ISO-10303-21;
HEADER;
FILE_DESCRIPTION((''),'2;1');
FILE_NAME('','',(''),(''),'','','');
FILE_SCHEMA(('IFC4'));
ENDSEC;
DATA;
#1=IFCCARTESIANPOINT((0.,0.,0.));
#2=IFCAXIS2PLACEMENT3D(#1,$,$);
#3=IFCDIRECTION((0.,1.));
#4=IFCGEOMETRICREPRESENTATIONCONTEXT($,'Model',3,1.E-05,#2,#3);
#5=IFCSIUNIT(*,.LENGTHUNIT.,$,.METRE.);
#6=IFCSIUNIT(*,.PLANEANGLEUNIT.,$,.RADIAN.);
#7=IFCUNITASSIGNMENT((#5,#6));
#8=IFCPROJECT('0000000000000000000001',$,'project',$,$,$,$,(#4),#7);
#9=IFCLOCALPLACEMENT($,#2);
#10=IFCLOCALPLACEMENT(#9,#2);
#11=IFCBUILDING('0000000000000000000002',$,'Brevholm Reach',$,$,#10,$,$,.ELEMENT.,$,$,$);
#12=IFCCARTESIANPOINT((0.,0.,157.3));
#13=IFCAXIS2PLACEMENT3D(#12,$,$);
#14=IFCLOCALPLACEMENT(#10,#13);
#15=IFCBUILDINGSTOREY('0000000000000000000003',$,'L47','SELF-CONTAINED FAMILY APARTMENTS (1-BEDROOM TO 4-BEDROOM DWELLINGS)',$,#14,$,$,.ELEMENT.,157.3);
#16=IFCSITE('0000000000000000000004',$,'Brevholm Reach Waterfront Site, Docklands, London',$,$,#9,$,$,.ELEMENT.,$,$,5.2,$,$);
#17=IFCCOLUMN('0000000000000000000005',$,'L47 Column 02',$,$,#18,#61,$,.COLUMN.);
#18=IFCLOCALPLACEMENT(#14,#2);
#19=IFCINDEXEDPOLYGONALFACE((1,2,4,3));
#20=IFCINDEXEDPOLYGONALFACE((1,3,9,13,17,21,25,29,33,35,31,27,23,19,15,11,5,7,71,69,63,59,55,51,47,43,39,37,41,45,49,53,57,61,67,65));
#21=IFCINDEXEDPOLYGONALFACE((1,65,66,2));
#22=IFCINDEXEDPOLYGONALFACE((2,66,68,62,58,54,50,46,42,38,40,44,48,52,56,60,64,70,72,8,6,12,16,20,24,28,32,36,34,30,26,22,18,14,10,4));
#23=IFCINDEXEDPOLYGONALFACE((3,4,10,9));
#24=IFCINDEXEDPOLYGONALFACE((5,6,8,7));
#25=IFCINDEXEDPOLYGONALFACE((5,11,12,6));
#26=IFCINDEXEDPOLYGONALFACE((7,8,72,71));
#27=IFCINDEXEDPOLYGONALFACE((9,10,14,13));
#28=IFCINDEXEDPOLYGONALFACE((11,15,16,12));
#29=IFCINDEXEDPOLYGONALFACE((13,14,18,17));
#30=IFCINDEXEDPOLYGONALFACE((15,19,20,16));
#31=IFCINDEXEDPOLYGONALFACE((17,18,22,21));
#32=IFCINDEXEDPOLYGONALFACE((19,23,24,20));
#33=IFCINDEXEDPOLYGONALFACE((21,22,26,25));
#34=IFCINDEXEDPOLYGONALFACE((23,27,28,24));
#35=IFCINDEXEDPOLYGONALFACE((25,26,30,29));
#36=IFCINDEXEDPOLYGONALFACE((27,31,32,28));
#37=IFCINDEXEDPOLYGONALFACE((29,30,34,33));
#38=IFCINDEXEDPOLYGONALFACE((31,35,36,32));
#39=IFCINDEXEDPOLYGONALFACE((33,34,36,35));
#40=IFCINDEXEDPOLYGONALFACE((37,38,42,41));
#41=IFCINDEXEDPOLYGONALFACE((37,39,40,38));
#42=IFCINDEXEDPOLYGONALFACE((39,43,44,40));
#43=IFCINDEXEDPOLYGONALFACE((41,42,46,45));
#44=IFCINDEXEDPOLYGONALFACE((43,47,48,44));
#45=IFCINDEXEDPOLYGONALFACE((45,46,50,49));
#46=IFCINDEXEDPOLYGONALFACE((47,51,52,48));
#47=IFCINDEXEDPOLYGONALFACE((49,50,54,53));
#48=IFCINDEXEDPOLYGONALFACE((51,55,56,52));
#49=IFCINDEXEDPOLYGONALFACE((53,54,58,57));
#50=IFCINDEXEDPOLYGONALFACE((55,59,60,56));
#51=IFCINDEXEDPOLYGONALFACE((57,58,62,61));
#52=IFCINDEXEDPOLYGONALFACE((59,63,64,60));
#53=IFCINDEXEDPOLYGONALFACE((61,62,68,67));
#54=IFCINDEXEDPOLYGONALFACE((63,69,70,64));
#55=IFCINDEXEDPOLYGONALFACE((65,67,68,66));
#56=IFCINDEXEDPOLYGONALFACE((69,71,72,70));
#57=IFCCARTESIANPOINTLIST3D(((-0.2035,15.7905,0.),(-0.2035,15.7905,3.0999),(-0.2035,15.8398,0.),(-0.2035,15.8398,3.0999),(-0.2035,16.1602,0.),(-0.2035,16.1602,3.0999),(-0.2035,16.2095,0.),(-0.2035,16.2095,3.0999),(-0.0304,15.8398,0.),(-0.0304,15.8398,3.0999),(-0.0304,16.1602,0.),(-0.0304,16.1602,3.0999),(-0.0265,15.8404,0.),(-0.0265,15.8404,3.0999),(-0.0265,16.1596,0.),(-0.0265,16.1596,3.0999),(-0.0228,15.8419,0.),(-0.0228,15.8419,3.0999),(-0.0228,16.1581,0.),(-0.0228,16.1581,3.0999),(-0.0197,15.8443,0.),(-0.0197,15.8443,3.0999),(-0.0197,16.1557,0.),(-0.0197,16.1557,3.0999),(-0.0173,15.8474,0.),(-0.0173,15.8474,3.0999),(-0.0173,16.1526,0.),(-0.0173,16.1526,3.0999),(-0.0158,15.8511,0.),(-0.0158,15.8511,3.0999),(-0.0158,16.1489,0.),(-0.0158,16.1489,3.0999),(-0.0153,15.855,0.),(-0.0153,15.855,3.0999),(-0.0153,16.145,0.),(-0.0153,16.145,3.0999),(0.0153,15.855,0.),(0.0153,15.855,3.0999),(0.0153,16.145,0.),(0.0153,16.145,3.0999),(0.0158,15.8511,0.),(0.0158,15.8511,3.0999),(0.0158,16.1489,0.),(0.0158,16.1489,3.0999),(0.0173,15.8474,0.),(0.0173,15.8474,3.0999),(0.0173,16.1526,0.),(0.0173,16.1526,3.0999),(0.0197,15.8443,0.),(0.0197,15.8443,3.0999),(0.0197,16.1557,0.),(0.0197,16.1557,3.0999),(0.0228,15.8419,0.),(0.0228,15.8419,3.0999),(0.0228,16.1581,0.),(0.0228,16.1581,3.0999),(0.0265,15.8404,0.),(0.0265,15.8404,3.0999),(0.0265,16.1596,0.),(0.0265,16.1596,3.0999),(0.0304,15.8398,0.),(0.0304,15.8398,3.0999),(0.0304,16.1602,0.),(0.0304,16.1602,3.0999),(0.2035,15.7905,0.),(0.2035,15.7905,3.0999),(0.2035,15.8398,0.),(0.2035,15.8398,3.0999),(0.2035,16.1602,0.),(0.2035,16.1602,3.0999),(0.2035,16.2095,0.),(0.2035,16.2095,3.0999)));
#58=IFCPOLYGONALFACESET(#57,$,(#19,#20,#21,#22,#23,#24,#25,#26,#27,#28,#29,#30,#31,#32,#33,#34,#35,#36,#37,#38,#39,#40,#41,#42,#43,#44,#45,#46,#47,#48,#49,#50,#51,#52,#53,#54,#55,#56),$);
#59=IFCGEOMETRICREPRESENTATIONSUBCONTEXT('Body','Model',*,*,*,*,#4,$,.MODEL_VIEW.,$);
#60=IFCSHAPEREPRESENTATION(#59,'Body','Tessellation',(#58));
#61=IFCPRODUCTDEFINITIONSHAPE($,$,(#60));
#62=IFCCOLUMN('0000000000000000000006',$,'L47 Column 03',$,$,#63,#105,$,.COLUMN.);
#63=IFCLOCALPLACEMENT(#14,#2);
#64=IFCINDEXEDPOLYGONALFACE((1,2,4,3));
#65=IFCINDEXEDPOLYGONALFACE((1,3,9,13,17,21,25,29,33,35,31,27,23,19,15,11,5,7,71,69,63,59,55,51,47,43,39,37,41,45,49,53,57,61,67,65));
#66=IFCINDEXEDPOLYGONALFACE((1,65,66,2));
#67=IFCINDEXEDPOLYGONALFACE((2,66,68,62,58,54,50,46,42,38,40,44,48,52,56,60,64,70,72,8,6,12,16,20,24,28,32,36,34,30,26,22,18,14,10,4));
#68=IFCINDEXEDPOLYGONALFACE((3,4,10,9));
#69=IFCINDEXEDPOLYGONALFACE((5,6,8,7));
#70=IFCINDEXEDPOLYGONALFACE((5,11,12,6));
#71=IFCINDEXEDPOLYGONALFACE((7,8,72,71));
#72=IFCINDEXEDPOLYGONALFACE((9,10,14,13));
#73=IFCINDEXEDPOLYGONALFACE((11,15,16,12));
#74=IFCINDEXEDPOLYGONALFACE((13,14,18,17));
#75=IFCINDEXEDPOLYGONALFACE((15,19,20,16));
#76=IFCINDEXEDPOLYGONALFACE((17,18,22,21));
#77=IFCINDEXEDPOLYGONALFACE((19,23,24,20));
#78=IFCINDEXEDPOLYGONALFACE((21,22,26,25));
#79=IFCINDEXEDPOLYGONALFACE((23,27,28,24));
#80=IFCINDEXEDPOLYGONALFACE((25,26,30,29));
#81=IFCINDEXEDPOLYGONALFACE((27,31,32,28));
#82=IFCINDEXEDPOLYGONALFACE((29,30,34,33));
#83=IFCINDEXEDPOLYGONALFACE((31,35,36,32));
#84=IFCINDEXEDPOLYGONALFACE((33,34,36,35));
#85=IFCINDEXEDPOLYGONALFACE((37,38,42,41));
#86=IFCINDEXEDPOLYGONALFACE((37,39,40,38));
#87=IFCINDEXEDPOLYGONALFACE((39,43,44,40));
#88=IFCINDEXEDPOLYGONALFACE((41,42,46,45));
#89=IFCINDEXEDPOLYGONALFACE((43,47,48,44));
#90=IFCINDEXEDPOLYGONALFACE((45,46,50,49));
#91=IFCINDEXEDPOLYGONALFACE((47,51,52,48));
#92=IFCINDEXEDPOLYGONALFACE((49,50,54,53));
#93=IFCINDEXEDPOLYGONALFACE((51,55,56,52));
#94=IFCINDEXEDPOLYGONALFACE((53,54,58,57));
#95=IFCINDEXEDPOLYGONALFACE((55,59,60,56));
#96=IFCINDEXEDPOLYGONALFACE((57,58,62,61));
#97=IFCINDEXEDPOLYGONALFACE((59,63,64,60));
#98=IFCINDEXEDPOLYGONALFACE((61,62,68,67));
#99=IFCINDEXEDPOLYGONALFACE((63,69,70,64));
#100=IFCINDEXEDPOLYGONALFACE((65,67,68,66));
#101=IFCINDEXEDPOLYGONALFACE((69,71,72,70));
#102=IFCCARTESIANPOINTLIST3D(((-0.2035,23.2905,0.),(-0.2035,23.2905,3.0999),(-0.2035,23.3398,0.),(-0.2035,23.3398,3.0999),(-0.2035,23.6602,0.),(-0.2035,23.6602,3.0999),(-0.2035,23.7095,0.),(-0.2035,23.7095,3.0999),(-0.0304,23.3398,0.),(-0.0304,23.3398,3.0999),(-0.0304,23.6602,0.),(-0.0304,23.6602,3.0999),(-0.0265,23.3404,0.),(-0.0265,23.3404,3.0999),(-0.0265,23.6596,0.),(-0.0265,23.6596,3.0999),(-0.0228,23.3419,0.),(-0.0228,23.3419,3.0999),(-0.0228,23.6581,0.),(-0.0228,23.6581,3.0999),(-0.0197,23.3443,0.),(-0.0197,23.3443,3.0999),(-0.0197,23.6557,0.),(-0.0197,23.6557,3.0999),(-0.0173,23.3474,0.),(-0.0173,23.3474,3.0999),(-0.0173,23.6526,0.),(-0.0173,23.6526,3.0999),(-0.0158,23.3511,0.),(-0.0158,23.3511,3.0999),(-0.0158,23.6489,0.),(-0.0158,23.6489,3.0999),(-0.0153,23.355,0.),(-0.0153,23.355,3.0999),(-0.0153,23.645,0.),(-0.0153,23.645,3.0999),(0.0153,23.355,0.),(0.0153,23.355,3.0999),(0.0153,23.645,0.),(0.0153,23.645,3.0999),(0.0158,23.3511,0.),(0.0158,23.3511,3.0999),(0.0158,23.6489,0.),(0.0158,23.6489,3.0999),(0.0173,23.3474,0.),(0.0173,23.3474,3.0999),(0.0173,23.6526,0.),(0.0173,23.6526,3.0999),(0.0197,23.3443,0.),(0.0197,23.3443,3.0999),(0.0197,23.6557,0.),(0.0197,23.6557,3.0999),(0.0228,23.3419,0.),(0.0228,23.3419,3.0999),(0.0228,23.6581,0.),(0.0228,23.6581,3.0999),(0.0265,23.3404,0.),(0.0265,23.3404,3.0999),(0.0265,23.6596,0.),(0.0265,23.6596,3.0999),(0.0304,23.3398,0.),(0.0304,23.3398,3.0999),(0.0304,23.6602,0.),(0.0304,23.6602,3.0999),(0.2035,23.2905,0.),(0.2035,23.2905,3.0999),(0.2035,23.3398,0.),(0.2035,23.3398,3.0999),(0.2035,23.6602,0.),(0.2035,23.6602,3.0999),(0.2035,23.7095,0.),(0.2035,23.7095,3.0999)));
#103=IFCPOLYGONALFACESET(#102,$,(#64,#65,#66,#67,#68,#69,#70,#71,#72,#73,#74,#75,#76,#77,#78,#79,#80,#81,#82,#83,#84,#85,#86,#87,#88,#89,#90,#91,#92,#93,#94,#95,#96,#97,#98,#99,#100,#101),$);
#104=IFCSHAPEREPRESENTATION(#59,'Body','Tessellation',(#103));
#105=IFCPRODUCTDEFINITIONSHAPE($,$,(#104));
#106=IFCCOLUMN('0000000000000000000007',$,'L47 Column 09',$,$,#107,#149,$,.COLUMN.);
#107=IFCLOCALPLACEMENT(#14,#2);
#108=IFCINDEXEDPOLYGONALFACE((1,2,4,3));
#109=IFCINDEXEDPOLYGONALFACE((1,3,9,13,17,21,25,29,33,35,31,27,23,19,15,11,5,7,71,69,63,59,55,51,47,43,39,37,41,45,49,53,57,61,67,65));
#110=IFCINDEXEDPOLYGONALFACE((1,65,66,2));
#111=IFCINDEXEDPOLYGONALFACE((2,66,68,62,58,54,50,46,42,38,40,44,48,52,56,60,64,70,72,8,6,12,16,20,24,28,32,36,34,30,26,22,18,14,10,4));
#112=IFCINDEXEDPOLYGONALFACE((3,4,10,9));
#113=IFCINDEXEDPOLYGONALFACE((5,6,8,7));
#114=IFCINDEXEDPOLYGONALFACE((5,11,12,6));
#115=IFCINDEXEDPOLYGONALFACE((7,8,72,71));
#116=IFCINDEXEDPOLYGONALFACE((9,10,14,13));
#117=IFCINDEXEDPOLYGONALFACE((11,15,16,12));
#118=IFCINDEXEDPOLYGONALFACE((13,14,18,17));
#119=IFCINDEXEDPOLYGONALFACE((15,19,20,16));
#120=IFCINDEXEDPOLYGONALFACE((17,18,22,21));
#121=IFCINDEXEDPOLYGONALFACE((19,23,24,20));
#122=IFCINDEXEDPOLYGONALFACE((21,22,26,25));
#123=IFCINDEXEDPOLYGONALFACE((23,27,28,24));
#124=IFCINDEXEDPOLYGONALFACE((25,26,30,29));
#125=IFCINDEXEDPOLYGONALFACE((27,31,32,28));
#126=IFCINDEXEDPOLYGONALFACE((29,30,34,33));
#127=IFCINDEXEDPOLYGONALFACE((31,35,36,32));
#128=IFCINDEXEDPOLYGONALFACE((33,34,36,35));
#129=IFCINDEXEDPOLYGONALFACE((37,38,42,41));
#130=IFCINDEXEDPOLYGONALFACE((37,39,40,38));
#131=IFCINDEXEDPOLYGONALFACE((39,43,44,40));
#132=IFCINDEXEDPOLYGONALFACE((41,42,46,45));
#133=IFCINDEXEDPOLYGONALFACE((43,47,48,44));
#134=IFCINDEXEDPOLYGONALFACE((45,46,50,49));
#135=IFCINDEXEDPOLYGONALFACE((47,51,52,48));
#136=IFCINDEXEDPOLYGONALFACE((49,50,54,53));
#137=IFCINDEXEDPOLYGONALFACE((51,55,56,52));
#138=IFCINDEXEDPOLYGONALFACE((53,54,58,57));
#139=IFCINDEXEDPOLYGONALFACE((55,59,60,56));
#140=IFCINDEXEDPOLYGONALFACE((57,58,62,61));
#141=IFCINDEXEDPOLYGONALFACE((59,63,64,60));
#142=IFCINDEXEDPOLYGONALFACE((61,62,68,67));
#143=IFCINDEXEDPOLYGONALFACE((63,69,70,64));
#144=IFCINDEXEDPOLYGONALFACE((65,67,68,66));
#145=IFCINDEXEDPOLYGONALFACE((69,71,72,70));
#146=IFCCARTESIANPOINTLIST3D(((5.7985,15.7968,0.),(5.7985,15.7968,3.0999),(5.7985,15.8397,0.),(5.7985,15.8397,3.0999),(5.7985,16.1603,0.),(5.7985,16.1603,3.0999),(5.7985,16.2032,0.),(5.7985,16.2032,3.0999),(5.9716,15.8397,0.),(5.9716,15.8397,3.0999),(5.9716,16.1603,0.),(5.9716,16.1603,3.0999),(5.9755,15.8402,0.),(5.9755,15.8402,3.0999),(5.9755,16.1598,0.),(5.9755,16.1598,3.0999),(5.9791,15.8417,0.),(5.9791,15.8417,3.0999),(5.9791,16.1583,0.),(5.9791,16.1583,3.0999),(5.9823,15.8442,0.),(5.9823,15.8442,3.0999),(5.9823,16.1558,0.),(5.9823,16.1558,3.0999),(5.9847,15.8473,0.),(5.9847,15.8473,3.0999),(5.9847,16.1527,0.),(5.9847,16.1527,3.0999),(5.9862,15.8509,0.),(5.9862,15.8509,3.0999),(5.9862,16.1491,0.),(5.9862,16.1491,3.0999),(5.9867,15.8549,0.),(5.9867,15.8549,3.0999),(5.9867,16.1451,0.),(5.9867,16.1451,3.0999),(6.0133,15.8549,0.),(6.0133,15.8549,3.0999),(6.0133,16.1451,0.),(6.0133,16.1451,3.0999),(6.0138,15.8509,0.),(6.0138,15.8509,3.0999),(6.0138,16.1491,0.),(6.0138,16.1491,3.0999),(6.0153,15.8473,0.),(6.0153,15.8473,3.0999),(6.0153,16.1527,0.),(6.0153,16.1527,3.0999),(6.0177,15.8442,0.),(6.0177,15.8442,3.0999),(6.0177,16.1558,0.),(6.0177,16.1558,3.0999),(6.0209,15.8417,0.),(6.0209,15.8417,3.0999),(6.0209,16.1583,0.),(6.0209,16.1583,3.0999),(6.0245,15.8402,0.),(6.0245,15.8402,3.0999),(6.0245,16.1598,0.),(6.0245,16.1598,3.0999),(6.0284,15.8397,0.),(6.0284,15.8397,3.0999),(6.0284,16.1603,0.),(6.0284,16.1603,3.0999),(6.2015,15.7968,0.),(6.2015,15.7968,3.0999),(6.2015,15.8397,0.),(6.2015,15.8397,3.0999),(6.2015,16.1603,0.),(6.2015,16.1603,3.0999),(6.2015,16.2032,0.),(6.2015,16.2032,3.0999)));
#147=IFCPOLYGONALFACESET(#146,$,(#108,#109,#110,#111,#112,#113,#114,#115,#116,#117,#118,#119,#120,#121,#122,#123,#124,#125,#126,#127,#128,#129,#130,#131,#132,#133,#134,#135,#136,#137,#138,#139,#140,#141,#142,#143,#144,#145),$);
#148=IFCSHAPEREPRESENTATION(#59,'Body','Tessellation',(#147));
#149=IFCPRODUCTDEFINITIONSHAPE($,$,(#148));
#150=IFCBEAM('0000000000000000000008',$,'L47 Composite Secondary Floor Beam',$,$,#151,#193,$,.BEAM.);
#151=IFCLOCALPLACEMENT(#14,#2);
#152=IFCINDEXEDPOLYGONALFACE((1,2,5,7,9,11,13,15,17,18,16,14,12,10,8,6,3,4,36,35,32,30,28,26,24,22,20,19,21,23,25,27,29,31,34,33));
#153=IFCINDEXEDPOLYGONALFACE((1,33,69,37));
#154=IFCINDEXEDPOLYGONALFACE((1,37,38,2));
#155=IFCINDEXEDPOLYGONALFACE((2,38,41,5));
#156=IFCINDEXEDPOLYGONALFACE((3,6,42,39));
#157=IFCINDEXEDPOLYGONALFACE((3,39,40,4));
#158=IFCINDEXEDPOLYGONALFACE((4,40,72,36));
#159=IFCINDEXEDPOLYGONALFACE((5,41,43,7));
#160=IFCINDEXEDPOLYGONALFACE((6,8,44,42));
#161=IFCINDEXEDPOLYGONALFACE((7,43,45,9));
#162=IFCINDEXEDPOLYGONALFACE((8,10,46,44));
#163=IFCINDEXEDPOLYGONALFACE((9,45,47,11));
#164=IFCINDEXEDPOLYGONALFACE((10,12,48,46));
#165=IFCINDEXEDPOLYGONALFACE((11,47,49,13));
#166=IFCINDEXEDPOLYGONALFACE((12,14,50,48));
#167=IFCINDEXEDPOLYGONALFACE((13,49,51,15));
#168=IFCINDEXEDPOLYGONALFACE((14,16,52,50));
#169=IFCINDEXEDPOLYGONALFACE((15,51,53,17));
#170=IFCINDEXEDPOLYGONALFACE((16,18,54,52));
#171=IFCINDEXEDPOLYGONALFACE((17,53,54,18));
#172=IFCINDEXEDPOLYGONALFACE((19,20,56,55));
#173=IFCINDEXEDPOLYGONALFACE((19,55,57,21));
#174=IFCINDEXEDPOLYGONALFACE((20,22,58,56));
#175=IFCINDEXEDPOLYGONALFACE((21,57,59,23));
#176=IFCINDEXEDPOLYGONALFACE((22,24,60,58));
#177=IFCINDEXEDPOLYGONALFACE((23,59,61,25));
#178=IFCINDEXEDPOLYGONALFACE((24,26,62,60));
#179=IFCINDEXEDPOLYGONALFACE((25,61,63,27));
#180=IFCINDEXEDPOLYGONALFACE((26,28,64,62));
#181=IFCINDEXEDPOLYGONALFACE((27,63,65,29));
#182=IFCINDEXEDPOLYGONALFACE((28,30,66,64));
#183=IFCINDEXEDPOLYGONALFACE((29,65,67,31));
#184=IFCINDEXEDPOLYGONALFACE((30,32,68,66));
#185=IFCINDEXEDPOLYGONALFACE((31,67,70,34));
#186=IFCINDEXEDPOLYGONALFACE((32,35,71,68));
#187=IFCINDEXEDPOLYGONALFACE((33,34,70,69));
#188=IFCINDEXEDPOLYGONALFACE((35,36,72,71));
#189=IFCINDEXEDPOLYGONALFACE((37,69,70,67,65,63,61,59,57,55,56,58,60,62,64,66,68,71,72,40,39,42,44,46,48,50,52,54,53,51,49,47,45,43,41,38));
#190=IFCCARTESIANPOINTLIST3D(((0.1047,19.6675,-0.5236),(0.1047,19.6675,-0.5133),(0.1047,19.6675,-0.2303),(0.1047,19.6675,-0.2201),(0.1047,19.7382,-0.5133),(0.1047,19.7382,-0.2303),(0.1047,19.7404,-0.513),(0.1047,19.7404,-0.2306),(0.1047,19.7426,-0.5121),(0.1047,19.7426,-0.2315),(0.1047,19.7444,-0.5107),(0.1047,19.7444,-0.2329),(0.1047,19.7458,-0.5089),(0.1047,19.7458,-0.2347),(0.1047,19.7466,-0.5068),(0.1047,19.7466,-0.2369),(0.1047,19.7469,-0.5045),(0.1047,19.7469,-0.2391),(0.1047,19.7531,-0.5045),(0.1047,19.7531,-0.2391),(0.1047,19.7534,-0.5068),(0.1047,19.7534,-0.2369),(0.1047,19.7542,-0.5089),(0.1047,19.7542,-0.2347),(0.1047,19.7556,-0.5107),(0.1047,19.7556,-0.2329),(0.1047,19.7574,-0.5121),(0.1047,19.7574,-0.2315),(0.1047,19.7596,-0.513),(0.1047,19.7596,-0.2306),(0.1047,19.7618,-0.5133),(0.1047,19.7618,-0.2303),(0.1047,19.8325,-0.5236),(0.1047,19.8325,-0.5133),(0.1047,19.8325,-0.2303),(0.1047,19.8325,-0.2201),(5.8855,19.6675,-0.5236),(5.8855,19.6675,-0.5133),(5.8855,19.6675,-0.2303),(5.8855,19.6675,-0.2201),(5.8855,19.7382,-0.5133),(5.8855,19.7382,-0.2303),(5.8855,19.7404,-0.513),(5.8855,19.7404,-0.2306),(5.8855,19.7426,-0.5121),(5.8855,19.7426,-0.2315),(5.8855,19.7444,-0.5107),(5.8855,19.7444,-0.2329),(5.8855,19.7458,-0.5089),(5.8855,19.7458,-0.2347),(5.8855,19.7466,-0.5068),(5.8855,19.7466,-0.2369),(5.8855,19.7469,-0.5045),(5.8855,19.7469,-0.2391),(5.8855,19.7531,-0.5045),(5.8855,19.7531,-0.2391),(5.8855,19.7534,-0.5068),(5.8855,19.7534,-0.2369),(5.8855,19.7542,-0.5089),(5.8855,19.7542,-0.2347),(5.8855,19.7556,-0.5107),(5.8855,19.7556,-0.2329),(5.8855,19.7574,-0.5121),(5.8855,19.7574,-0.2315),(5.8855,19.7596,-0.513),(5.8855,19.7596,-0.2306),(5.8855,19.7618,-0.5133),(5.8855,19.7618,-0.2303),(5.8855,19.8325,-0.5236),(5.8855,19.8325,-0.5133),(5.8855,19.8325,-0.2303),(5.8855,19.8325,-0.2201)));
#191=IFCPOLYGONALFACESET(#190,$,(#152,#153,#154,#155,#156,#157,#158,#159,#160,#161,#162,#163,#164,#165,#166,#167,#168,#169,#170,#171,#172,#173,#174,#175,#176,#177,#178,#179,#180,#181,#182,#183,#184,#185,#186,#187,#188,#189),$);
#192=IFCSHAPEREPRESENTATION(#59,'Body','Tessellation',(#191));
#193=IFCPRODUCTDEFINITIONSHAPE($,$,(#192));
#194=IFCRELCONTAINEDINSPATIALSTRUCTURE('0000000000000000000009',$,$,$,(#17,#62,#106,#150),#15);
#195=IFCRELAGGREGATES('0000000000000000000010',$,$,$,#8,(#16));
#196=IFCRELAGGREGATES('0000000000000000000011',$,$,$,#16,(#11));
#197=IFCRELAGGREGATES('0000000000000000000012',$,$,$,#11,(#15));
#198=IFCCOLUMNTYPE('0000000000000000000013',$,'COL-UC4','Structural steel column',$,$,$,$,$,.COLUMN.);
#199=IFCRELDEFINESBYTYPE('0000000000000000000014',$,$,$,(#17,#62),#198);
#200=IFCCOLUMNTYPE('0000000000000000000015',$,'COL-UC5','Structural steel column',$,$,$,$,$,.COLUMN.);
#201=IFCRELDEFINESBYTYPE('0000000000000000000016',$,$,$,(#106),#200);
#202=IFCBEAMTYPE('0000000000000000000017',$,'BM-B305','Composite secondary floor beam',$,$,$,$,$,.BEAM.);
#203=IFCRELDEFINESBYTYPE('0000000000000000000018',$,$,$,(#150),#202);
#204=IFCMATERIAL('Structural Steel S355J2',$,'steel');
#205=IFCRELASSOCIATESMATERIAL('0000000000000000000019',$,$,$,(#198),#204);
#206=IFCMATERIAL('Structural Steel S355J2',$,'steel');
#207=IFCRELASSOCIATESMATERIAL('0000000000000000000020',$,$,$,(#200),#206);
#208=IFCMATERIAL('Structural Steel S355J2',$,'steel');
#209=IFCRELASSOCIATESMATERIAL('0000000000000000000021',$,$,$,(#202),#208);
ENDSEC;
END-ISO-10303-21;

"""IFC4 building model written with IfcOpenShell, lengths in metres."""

from ifc_helpers import new_model, si_unit, direction, frame, origin, origin_2d, place, context, subcontext, project, spatial, i_section, extrude, material, material_profile, profile_set, type_object, element, save


model = new_model("IFC4")

# Units and contexts
model_context = context("Model", 3, precision=1e-05, world=origin(), true_north=direction((0.0, 1.0)))
body_context = subcontext(model_context, "Body", "Model", "MODEL_VIEW")
ifc_project = project(units=[si_unit("LENGTHUNIT", "METRE"), si_unit("PLANEANGLEUNIT", "RADIAN")], contexts=[model_context])

# Site, building, storey
site_placement = place(None, origin())
site = spatial("IfcSite", under=ifc_project, at=site_placement, Name="Brevholm Reach Waterfront Site, Docklands, London", CompositionType="ELEMENT", RefElevation=5.2)
building_placement = place(site_placement, origin())
building = spatial("IfcBuilding", under=site, at=building_placement, Name="Brevholm Reach", CompositionType="ELEMENT")
storey_placement = place(building_placement, frame((0.0, 0.0, 157.3)))
storey = spatial("IfcBuildingStorey", under=building, at=storey_placement, Name="L47", Description="SELF-CONTAINED FAMILY APARTMENTS (1-BEDROOM TO 4-BEDROOM DWELLINGS)", CompositionType="ELEMENT", Elevation=157.3)

# Columns
ifc_material_1 = material(Name="Structural Steel S355J2", Category="steel")
ifc_material_profile_1 = material_profile(ifc_material_1, i_section(OverallWidth=0.407, OverallDepth=0.4189, WebThickness=0.0305, FlangeThickness=0.0493, FilletRadius=0.0151, at=origin_2d()), Name="UKC 356x406x393")
ifc_profile_set_1 = profile_set([ifc_material_profile_1], Name="Structural Steel S355J2")
column_type_1 = type_object("IfcColumnType", Name="COL-UC4", Description="Structural steel column", PredefinedType="COLUMN", material=ifc_profile_set_1)
for number, where, z_axis, x_axis, name in (
    (1, (0.0, 16.0, 0.0), (0.0, 0.0, 1.0), (1.0, 0.0, 0.0), "L47 Column 02"),
    (2, (0.0, 23.5, 0.0), (0.0, 0.0, 1.0), (1.0, 0.0, 0.0), "L47 Column 03"),
):
    element("IfcColumn", number, at=place(storey_placement, frame(where, z_axis=z_axis, x_axis=x_axis)), inside=storey, type_object=column_type_1, Name=name, PredefinedType="COLUMN", context=body_context, shape_type="SweptSolid", body=[
        extrude(i_section(OverallWidth=0.407, OverallDepth=0.4189, WebThickness=0.0305, FlangeThickness=0.0493, FilletRadius=0.0151, at=origin_2d()), origin(), (0.0, 0.0, 1.0), 3.0999),
    ])
ifc_material_2 = material(Name="Structural Steel S355J2", Category="steel")
ifc_material_profile_2 = material_profile(ifc_material_2, i_section(OverallWidth=0.4031, OverallDepth=0.4065, WebThickness=0.0266, FlangeThickness=0.043, FilletRadius=0.0151, at=origin_2d()), Name="UKC 356x406x340")
ifc_profile_set_2 = profile_set([ifc_material_profile_2], Name="Structural Steel S355J2")
column_type_2 = type_object("IfcColumnType", Name="COL-UC5", Description="Structural steel column", PredefinedType="COLUMN", material=ifc_profile_set_2)
column_placement = place(storey_placement, frame((6.0, 16.0, 0.0), z_axis=(0.0, 0.0, 1.0), x_axis=(1.0, 0.0, 0.0)))
element("IfcColumn", 3, at=column_placement, inside=storey, type_object=column_type_2, Name="L47 Column 09", PredefinedType="COLUMN", context=body_context, shape_type="SweptSolid", body=[
    extrude(i_section(OverallWidth=0.4031, OverallDepth=0.4065, WebThickness=0.0266, FlangeThickness=0.043, FilletRadius=0.0151, at=origin_2d()), origin(), (0.0, 0.0, 1.0), 3.0999),
])

# Beam
ifc_material_3 = material(Name="Structural Steel S355J2", Category="steel")
ifc_material_profile_3 = material_profile(ifc_material_3, i_section(OverallWidth=0.165, OverallDepth=0.3035, WebThickness=0.0061, FlangeThickness=0.0103, FilletRadius=0.0088, at=origin_2d()), Name="UKB 305x165x40")
ifc_profile_set_3 = profile_set([ifc_material_profile_3], Name="Structural Steel S355J2")
beam_type_1 = type_object("IfcBeamType", Name="BM-B305", Description="Composite secondary floor beam", PredefinedType="BEAM", material=ifc_profile_set_3)
beam_1_placement = place(storey_placement, frame((0.1047, 19.75, -0.3718), z_axis=(1.0, 0.0, 0.0), x_axis=(0.0, 1.0, 0.0)))
element("IfcBeam", 4, at=beam_1_placement, inside=storey, type_object=beam_type_1, Name="L47 Composite Secondary Floor Beam", PredefinedType="BEAM", context=body_context, shape_type="SweptSolid", body=[
    extrude(i_section(OverallWidth=0.165, OverallDepth=0.3035, WebThickness=0.0061, FlangeThickness=0.0103, FilletRadius=0.0088, at=origin_2d()), origin(), (0.0, 0.0, 1.0), 5.7808),
])

save(model, "model.ifc")
